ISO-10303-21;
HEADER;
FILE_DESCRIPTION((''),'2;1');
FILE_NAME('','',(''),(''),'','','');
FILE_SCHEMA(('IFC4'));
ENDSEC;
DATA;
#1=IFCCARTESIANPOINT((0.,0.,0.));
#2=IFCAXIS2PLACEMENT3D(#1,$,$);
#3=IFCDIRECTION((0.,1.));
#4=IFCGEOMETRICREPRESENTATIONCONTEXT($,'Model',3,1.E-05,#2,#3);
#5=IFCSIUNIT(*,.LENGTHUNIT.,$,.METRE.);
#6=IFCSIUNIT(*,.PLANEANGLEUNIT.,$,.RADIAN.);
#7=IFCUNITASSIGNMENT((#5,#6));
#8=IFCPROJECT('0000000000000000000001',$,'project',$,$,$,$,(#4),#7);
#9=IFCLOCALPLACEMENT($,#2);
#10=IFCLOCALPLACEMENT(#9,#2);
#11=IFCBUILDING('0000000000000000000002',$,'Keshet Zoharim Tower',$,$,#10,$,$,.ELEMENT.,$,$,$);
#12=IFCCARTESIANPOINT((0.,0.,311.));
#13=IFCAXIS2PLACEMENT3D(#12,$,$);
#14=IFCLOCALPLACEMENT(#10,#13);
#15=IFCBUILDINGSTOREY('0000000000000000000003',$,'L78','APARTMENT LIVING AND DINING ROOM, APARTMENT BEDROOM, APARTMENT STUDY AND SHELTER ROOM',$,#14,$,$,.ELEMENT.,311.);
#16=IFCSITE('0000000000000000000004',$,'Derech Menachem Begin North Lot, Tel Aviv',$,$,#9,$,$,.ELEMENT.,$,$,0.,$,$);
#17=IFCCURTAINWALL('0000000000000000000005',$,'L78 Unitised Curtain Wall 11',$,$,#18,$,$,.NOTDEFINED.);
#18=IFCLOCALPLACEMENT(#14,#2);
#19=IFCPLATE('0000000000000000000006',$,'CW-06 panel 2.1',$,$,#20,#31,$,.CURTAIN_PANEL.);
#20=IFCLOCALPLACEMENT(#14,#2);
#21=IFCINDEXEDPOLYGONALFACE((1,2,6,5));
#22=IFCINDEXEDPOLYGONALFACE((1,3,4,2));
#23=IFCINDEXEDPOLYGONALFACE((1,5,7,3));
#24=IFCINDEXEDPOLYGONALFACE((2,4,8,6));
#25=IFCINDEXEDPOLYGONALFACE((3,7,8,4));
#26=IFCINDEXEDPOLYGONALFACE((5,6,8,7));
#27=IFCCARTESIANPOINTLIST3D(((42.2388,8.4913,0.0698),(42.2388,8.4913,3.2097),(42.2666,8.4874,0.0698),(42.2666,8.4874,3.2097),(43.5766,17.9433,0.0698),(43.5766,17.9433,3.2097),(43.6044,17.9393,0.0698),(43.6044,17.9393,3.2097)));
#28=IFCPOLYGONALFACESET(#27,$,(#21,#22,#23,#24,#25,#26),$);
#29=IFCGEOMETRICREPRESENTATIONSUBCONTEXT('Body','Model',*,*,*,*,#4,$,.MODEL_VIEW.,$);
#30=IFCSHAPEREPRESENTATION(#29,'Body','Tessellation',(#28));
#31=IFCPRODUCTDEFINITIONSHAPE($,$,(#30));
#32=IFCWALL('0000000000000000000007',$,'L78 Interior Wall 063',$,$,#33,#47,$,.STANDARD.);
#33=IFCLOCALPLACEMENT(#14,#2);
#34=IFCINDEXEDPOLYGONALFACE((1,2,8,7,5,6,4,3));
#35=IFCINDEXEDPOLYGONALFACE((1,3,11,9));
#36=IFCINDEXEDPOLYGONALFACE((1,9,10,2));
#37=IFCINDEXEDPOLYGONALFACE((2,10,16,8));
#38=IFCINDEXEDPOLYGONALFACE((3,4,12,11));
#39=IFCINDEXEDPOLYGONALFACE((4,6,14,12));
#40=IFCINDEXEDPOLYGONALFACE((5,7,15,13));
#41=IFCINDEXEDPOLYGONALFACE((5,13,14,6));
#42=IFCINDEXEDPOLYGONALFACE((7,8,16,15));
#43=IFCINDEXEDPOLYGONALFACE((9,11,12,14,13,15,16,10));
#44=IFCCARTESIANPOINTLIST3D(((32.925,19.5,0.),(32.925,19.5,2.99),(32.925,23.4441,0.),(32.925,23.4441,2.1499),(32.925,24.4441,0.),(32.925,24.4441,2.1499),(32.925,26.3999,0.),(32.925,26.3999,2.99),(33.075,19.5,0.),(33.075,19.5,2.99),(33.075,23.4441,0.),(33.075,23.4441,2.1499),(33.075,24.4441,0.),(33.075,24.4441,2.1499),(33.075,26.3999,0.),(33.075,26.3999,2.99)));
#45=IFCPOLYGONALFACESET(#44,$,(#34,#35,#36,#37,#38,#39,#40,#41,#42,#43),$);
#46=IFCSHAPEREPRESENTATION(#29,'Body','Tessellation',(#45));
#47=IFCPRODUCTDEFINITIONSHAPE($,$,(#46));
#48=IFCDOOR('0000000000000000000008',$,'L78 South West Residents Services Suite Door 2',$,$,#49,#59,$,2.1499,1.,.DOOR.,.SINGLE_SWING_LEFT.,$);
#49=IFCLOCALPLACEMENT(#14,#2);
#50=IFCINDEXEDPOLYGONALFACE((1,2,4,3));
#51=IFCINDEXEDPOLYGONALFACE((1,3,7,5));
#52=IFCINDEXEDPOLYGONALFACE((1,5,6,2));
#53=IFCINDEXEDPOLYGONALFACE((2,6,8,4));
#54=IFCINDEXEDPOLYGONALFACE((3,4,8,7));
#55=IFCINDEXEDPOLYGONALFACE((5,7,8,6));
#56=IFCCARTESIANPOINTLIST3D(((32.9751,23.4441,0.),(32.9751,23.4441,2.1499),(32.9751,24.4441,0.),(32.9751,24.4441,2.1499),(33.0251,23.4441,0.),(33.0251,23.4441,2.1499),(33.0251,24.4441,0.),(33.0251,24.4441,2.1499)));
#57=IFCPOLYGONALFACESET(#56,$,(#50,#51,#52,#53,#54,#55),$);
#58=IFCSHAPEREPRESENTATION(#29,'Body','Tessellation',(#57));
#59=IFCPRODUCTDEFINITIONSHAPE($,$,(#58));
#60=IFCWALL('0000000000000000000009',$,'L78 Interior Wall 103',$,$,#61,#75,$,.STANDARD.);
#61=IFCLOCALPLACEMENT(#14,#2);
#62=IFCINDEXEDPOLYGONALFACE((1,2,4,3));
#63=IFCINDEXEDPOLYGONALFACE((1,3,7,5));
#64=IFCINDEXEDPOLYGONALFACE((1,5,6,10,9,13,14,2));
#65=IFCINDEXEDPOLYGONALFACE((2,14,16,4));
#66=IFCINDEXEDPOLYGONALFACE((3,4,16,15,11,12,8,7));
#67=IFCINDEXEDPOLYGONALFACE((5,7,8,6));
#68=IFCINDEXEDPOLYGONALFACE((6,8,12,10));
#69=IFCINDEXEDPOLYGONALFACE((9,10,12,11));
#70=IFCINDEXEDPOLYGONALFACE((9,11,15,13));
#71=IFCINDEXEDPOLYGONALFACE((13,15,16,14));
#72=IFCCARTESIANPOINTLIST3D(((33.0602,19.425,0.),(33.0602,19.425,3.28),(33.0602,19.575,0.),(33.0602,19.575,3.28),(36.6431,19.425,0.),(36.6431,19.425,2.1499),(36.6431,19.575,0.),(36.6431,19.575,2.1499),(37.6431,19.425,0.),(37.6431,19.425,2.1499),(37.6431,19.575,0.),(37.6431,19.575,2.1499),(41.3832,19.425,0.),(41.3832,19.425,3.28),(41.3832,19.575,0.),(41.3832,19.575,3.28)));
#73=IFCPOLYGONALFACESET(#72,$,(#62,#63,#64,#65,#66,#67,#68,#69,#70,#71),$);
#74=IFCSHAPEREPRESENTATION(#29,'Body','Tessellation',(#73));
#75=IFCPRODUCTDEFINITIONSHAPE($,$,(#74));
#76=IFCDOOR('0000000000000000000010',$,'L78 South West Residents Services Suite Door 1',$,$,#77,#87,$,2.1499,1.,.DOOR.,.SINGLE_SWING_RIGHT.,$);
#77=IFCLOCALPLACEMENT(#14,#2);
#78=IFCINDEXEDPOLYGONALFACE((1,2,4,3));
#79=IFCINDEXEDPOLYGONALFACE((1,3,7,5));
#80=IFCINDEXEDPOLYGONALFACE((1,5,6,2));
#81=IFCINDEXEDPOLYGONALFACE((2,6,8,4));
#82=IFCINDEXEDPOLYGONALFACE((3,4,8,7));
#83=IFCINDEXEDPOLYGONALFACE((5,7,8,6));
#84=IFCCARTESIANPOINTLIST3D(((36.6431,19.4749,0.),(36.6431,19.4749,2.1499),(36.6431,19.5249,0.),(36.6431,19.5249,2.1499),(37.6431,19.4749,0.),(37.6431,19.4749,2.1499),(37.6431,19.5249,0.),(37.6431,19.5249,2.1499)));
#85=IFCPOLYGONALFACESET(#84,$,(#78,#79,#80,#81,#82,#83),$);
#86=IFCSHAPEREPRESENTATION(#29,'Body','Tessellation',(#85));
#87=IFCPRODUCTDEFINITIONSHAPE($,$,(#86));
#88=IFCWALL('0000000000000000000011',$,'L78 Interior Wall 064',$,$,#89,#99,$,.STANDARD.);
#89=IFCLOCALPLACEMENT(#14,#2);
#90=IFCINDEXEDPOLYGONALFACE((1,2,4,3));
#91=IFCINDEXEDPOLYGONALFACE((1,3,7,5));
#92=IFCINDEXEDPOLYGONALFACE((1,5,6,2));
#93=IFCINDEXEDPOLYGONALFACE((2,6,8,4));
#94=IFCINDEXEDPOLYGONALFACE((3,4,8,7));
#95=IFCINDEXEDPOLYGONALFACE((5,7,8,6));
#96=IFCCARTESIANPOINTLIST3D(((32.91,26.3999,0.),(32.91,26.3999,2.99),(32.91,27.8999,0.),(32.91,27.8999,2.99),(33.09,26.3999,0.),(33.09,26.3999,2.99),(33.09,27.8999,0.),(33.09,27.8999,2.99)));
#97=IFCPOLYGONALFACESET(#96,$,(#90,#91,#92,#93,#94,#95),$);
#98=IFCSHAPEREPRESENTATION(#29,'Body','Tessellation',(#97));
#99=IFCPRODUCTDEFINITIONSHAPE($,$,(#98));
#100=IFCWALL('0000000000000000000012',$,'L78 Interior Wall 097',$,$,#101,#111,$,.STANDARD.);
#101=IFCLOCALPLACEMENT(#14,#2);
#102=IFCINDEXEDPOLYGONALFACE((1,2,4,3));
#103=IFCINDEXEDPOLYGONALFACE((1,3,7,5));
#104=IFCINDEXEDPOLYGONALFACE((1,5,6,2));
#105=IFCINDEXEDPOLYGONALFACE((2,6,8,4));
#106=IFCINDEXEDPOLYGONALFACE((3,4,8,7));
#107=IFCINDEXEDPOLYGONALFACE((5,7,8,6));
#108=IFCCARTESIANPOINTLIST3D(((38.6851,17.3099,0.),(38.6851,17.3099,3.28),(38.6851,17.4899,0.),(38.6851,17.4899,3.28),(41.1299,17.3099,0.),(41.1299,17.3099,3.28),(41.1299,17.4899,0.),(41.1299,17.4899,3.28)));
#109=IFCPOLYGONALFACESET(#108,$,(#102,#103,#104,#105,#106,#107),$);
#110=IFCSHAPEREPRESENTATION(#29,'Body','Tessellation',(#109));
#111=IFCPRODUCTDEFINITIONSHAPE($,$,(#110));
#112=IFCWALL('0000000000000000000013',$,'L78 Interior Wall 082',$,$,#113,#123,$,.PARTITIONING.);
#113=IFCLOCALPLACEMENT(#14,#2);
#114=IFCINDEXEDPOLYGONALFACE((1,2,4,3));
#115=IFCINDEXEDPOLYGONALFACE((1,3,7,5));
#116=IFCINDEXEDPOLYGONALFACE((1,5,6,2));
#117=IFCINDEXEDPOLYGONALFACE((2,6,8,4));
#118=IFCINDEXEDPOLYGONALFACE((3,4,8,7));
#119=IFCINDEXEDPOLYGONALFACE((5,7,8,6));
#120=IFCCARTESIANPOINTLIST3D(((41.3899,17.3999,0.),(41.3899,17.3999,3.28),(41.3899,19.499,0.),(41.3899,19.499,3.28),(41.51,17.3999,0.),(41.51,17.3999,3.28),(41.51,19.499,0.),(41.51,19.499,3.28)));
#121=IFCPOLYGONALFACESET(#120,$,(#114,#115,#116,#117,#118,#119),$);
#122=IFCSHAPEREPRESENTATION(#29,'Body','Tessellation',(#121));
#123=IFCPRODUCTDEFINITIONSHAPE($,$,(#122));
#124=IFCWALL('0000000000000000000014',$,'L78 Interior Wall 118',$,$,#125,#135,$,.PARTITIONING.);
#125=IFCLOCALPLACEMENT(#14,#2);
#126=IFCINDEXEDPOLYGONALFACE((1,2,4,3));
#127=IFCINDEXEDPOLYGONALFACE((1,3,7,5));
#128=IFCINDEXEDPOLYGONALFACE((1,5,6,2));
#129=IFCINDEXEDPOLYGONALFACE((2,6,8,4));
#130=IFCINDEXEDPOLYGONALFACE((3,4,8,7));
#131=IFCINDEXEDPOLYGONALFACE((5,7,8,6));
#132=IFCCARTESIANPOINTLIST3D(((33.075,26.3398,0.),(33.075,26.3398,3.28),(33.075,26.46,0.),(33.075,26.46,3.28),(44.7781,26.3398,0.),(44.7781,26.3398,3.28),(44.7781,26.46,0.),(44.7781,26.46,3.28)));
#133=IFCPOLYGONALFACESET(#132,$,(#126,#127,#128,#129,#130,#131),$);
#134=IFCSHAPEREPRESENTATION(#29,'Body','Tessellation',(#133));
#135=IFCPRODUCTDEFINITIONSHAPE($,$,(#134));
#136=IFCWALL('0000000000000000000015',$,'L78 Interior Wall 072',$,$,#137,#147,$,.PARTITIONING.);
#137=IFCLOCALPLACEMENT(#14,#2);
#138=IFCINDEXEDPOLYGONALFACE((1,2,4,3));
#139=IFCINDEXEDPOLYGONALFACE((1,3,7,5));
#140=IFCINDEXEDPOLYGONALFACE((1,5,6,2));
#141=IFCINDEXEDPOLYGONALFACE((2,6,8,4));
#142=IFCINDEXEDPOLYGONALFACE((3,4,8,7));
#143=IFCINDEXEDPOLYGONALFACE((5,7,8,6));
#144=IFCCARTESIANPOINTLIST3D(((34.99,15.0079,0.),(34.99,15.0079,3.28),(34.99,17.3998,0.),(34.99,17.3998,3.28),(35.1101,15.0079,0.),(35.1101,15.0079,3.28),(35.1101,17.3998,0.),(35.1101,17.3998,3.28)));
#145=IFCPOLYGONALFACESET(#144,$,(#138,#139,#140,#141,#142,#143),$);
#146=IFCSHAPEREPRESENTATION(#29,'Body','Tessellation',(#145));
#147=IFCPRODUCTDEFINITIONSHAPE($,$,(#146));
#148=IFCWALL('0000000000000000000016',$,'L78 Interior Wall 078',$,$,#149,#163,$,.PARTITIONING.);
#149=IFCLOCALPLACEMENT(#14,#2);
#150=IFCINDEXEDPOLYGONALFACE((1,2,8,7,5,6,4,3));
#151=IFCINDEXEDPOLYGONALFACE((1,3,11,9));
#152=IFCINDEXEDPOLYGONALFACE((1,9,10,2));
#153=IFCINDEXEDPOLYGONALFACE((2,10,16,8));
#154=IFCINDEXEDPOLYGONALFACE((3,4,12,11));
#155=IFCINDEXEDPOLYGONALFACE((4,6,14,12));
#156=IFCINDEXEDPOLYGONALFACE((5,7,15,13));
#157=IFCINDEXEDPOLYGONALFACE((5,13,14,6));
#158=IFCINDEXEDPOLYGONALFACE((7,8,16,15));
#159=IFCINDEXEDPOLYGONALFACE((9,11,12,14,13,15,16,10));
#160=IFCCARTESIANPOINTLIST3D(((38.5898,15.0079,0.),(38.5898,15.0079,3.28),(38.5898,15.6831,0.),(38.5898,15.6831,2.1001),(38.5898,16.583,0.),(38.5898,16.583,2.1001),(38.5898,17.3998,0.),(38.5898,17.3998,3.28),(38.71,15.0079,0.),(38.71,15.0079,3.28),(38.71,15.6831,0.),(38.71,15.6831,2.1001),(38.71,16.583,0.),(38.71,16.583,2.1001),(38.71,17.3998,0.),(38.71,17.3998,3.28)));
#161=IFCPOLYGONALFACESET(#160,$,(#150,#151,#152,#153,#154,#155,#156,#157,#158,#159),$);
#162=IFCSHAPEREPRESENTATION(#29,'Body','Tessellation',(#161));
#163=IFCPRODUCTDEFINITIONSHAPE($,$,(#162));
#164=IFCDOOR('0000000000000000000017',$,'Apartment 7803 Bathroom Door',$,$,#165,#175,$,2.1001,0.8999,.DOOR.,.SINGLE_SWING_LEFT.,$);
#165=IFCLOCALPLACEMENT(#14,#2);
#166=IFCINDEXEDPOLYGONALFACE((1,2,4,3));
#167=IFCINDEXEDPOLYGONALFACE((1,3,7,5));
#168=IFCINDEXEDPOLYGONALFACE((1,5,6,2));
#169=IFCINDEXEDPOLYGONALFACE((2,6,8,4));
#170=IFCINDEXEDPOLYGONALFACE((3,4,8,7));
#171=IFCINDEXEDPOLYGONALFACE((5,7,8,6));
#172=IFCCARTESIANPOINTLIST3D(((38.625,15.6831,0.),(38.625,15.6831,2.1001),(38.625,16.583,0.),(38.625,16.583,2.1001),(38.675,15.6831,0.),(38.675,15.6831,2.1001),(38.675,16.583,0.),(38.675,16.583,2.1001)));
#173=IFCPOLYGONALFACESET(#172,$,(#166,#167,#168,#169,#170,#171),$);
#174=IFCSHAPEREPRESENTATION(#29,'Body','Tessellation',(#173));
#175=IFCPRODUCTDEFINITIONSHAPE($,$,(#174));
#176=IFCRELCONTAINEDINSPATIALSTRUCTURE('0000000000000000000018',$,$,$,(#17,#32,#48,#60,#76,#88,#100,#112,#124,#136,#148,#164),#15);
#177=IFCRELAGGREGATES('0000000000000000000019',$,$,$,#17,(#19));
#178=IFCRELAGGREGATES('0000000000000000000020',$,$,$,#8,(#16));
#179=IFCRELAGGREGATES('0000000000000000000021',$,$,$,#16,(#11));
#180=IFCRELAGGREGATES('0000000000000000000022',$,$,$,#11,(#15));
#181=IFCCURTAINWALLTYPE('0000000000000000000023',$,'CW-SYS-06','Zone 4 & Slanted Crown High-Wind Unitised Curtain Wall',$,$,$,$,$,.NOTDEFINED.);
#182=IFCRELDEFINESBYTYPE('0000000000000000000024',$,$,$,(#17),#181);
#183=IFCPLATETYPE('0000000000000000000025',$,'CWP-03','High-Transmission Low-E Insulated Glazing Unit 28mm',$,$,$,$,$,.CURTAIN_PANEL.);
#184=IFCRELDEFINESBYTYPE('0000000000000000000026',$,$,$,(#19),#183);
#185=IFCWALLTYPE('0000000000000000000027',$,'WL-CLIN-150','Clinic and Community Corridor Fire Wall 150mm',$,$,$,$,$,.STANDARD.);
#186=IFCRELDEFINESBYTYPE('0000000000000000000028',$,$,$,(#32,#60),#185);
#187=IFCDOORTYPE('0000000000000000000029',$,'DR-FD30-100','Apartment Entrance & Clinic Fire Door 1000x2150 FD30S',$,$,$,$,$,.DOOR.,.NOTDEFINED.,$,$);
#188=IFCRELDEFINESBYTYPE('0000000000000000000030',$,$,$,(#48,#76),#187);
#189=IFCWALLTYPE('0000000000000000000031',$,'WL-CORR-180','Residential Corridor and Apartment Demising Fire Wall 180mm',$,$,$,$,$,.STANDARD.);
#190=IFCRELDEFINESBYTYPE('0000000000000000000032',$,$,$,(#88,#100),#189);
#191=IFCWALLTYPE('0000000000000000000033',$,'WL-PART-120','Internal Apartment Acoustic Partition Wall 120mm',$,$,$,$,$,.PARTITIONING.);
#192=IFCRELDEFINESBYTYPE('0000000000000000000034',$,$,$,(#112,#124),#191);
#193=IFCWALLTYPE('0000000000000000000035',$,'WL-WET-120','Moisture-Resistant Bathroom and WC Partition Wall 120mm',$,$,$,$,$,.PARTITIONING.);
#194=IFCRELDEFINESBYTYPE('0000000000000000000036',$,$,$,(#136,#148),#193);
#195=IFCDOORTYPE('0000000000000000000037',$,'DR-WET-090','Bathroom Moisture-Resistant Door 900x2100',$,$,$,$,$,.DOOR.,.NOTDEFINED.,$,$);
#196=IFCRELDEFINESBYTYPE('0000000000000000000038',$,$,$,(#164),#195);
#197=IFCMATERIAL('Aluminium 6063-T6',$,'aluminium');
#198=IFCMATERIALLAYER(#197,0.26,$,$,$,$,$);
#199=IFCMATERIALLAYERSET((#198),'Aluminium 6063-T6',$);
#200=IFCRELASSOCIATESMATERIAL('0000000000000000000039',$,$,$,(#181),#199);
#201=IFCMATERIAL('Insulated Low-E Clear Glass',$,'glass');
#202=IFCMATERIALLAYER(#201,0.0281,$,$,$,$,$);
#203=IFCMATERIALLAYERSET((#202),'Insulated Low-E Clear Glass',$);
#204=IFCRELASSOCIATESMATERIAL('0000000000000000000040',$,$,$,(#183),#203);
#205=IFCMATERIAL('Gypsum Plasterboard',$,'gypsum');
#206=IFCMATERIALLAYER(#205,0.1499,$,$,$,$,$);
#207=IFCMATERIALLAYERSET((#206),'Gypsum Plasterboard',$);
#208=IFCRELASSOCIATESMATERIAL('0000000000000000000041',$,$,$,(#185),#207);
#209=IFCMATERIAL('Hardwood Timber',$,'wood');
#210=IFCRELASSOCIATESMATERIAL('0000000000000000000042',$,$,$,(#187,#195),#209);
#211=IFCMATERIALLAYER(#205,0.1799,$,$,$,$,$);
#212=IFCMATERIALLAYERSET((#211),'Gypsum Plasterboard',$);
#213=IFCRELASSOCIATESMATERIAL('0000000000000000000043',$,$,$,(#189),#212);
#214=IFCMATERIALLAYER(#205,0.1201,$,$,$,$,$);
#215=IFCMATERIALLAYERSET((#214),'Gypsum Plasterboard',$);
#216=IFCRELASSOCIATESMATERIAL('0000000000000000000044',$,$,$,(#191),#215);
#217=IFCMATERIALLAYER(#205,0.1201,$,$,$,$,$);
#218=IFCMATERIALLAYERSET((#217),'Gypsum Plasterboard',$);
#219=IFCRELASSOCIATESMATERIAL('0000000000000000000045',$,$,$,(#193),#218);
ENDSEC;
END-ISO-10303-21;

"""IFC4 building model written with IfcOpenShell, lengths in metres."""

from ifc_helpers import new_model, si_unit, direction, frame, frame_2d, origin, origin_2d, place, context, subcontext, project, spatial, rectangle, extrude, material, layer, layer_set, type_object, element, fill, aggregate, save


model = new_model("IFC4")

# Units and contexts
model_context = context("Model", 3, precision=1e-05, world=origin(), true_north=direction((0.0, 1.0)))
body_context = subcontext(model_context, "Body", "Model", "MODEL_VIEW")
ifc_project = project(units=[si_unit("LENGTHUNIT", "METRE"), si_unit("PLANEANGLEUNIT", "RADIAN")], contexts=[model_context])

# Site, building, storey
site_placement = place(None, origin())
site = spatial("IfcSite", under=ifc_project, at=site_placement, Name="Derech Menachem Begin North Lot, Tel Aviv", CompositionType="ELEMENT", RefElevation=0.0)
building_placement = place(site_placement, origin())
building = spatial("IfcBuilding", under=site, at=building_placement, Name="Keshet Zoharim Tower", CompositionType="ELEMENT")
storey_placement = place(building_placement, frame((0.0, 0.0, 311.0)))
storey = spatial("IfcBuildingStorey", under=building, at=storey_placement, Name="L78", Description="APARTMENT LIVING AND DINING ROOM, APARTMENT BEDROOM, APARTMENT STUDY AND SHELTER ROOM", CompositionType="ELEMENT", Elevation=311.0)

# Curtain wall, plate
ifc_material_1 = material(Name="Aluminium 6063-T6", Category="aluminium")
ifc_layer_1 = layer(ifc_material_1, 0.26)
ifc_layer_set_1 = layer_set([ifc_layer_1], Name="Aluminium 6063-T6")
curtain_wall_type = type_object("IfcCurtainWallType", Name="CW-SYS-06", Description="Zone 4 & Slanted Crown High-Wind Unitised Curtain Wall", PredefinedType="NOTDEFINED", material=ifc_layer_set_1)
curtain_wall_placement = place(storey_placement, origin())
curtain_wall = element("IfcCurtainWall", 1, at=curtain_wall_placement, inside=storey, type_object=curtain_wall_type, Name="L78 Unitised Curtain Wall 11", PredefinedType="NOTDEFINED")
ifc_material_2 = material(Name="Insulated Low-E Clear Glass", Category="glass")
ifc_layer_2 = layer(ifc_material_2, 0.0281)
ifc_layer_set_2 = layer_set([ifc_layer_2], Name="Insulated Low-E Clear Glass")
plate_type = type_object("IfcPlateType", Name="CWP-03", Description="High-Transmission Low-E Insulated Glazing Unit 28mm", PredefinedType="CURTAIN_PANEL", material=ifc_layer_set_2)
plate_1_placement = place(storey_placement, frame((42.9216, 13.2153, 0.0698), z_axis=(0.0, 0.0, 1.0), x_axis=(-0.140137, -0.990132, 0.0)))
plate_1 = element("IfcPlate", 2, at=plate_1_placement, type_object=plate_type, Name="CW-06 panel 2.1", PredefinedType="CURTAIN_PANEL", context=body_context, shape_type="SweptSolid", body=[
    extrude(rectangle(XDim=9.5461, YDim=0.0281, at=origin_2d()), origin(), (0.0, 0.0, 1.0), 3.1399),
])
aggregate(curtain_wall, [plate_1])

# Walls, openings, doors
ifc_material_3 = material(Name="Gypsum Plasterboard", Category="gypsum")
ifc_layer_3 = layer(ifc_material_3, 0.1499)
ifc_layer_set_3 = layer_set([ifc_layer_3], Name="Gypsum Plasterboard")
wall_type_1 = type_object("IfcWallType", Name="WL-CLIN-150", Description="Clinic and Community Corridor Fire Wall 150mm", PredefinedType="STANDARD", material=ifc_layer_set_3)
wall_1_placement = place(storey_placement, frame((33.0, 19.5, 0.0), z_axis=(0.0, 0.0, 1.0), x_axis=(0.0, 1.0, 0.0)))
wall_1 = element("IfcWall", 3, at=wall_1_placement, inside=storey, type_object=wall_type_1, Name="L78 Interior Wall 063", PredefinedType="STANDARD", context=body_context, shape_type="SweptSolid", body=[
    extrude(rectangle(XDim=6.8999, YDim=0.1499, at=frame_2d((3.45, 0.0))), origin(), (0.0, 0.0, 1.0), 2.99),
])
opening_1_placement = place(wall_1_placement, frame((3.9441, 0.0, 0.0)))
opening_1 = element("IfcOpeningElement", 4, at=opening_1_placement, cuts=wall_1, PredefinedType="OPENING", context=body_context, shape_type="SweptSolid", body=[
    extrude(rectangle(XDim=1.0, YDim=2.1499, at=frame_2d((0.5, 1.075))), frame((0.0, 0.085, 0.0), z_axis=(0.0, -1.0, 0.0), x_axis=(1.0, 0.0, 0.0)), (0.0, 0.0, 1.0), 0.1699),
])
ifc_material_4 = material(Name="Hardwood Timber", Category="wood")
door_type_1 = type_object("IfcDoorType", Name="DR-FD30-100", Description="Apartment Entrance & Clinic Fire Door 1000x2150 FD30S", OperationType="NOTDEFINED", PredefinedType="DOOR", material=ifc_material_4)
door_1_placement = place(opening_1_placement, origin())
door_1 = element("IfcDoor", 5, at=door_1_placement, inside=storey, type_object=door_type_1, Name="L78 South West Residents Services Suite Door 2", OperationType="SINGLE_SWING_LEFT", OverallHeight=2.1499, OverallWidth=1.0, PredefinedType="DOOR", context=body_context, shape_type="SweptSolid", body=[
    extrude(rectangle(XDim=1.0, YDim=2.1499, at=frame_2d((0.5, 1.075))), frame((0.0, 0.0249, 0.0), z_axis=(0.0, -1.0, 0.0), x_axis=(1.0, 0.0, 0.0)), (0.0, 0.0, 1.0), 0.05),
])
fill(opening_1, door_1)
wall_2_placement = place(storey_placement, frame((33.0601, 19.5, 0.0), z_axis=(0.0, 0.0, 1.0), x_axis=(1.0, 0.0, 0.0)))
wall_2 = element("IfcWall", 6, at=wall_2_placement, inside=storey, type_object=wall_type_1, Name="L78 Interior Wall 103", PredefinedType="STANDARD", context=body_context, shape_type="SweptSolid", body=[
    extrude(rectangle(XDim=8.323, YDim=0.1499, at=frame_2d((4.1616, 0.0))), origin(), (0.0, 0.0, 1.0), 3.28),
])
opening_2_placement = place(wall_2_placement, frame((3.583, 0.0, 0.0)))
opening_2 = element("IfcOpeningElement", 7, at=opening_2_placement, cuts=wall_2, PredefinedType="OPENING", context=body_context, shape_type="SweptSolid", body=[
    extrude(rectangle(XDim=1.0, YDim=2.1499, at=frame_2d((0.5, 1.075))), frame((0.0, 0.085, 0.0), z_axis=(0.0, -1.0, 0.0), x_axis=(1.0, 0.0, 0.0)), (0.0, 0.0, 1.0), 0.1699),
])
door_2_placement = place(opening_2_placement, origin())
door_2 = element("IfcDoor", 8, at=door_2_placement, inside=storey, type_object=door_type_1, Name="L78 South West Residents Services Suite Door 1", OperationType="SINGLE_SWING_RIGHT", OverallHeight=2.1499, OverallWidth=1.0, PredefinedType="DOOR", context=body_context, shape_type="SweptSolid", body=[
    extrude(rectangle(XDim=1.0, YDim=2.1499, at=frame_2d((0.5, 1.075))), frame((0.0, 0.0249, 0.0), z_axis=(0.0, -1.0, 0.0), x_axis=(1.0, 0.0, 0.0)), (0.0, 0.0, 1.0), 0.05),
])
fill(opening_2, door_2)

# Wall
ifc_layer_4 = layer(ifc_material_3, 0.1799)
ifc_layer_set_4 = layer_set([ifc_layer_4], Name="Gypsum Plasterboard")
wall_type_2 = type_object("IfcWallType", Name="WL-CORR-180", Description="Residential Corridor and Apartment Demising Fire Wall 180mm", PredefinedType="STANDARD", material=ifc_layer_set_4)
wall_3_placement = place(storey_placement, frame((33.0, 26.3999, 0.0), z_axis=(0.0, 0.0, 1.0), x_axis=(0.0, 1.0, 0.0)))
element("IfcWall", 9, at=wall_3_placement, inside=storey, type_object=wall_type_2, Name="L78 Interior Wall 064", PredefinedType="STANDARD", context=body_context, shape_type="SweptSolid", body=[
    extrude(rectangle(XDim=1.5, YDim=0.1799, at=frame_2d((0.75, 0.0))), origin(), (0.0, 0.0, 1.0), 2.99),
])

# Wall
wall_4_placement = place(storey_placement, frame((38.6851, 17.3999, 0.0), z_axis=(0.0, 0.0, 1.0), x_axis=(1.0, 0.0, 0.0)))
element("IfcWall", 10, at=wall_4_placement, inside=storey, type_object=wall_type_2, Name="L78 Interior Wall 097", PredefinedType="STANDARD", context=body_context, shape_type="SweptSolid", body=[
    extrude(rectangle(XDim=2.4448, YDim=0.1799, at=frame_2d((1.2224, 0.0))), origin(), (0.0, 0.0, 1.0), 3.28),
])

# Shared definitions
ifc_layer_5 = layer(ifc_material_3, 0.1201)
ifc_layer_set_5 = layer_set([ifc_layer_5], Name="Gypsum Plasterboard")
wall_type_3 = type_object("IfcWallType", Name="WL-PART-120", Description="Internal Apartment Acoustic Partition Wall 120mm", PredefinedType="PARTITIONING", material=ifc_layer_set_5)

# Walls
wall_5_placement = place(storey_placement, frame((41.45, 17.3999, 0.0), z_axis=(0.0, 0.0, 1.0), x_axis=(0.0, 1.0, 0.0)))
element("IfcWall", 11, at=wall_5_placement, inside=storey, type_object=wall_type_3, Name="L78 Interior Wall 082", PredefinedType="PARTITIONING", context=body_context, shape_type="SweptSolid", body=[
    extrude(rectangle(XDim=2.0991, YDim=0.1201, at=frame_2d((1.0496, 0.0))), origin(), (0.0, 0.0, 1.0), 3.28),
])
wall_6_placement = place(storey_placement, frame((33.075, 26.3999, 0.0), z_axis=(0.0, 0.0, 1.0), x_axis=(1.0, 0.0, 0.0)))
element("IfcWall", 12, at=wall_6_placement, inside=storey, type_object=wall_type_3, Name="L78 Interior Wall 118", PredefinedType="PARTITIONING", context=body_context, shape_type="SweptSolid", body=[
    extrude(rectangle(XDim=11.7031, YDim=0.1201, at=frame_2d((5.8516, 0.0))), origin(), (0.0, 0.0, 1.0), 3.28),
])
ifc_layer_6 = layer(ifc_material_3, 0.1201)
ifc_layer_set_6 = layer_set([ifc_layer_6], Name="Gypsum Plasterboard")
wall_type_4 = type_object("IfcWallType", Name="WL-WET-120", Description="Moisture-Resistant Bathroom and WC Partition Wall 120mm", PredefinedType="PARTITIONING", material=ifc_layer_set_6)
wall_7_placement = place(storey_placement, frame((35.05, 15.0081, 0.0), z_axis=(0.0, 0.0, 1.0), x_axis=(0.0, 1.0, 0.0)))
element("IfcWall", 13, at=wall_7_placement, inside=storey, type_object=wall_type_4, Name="L78 Interior Wall 072", PredefinedType="PARTITIONING", context=body_context, shape_type="SweptSolid", body=[
    extrude(rectangle(XDim=2.3918, YDim=0.1201, at=frame_2d((1.1958, 0.0))), origin(), (0.0, 0.0, 1.0), 3.28),
])

# Wall, opening, door
wall_8_placement = place(storey_placement, frame((38.6499, 15.0081, 0.0), z_axis=(0.0, 0.0, 1.0), x_axis=(0.0, 1.0, 0.0)))
wall_8 = element("IfcWall", 14, at=wall_8_placement, inside=storey, type_object=wall_type_4, Name="L78 Interior Wall 078", PredefinedType="PARTITIONING", context=body_context, shape_type="SweptSolid", body=[
    extrude(rectangle(XDim=2.3918, YDim=0.1201, at=frame_2d((1.1958, 0.0))), origin(), (0.0, 0.0, 1.0), 3.28),
])
opening_3_placement = place(wall_8_placement, frame((0.675, 0.0, 0.0)))
opening_3 = element("IfcOpeningElement", 15, at=opening_3_placement, cuts=wall_8, PredefinedType="OPENING", context=body_context, shape_type="SweptSolid", body=[
    extrude(rectangle(XDim=0.8999, YDim=2.1001, at=frame_2d((0.45, 1.05))), frame((0.0, 0.0701, 0.0), z_axis=(0.0, -1.0, 0.0), x_axis=(1.0, 0.0, 0.0)), (0.0, 0.0, 1.0), 0.1401),
])
door_type_2 = type_object("IfcDoorType", Name="DR-WET-090", Description="Bathroom Moisture-Resistant Door 900x2100", OperationType="NOTDEFINED", PredefinedType="DOOR", material=ifc_material_4)
door_3_placement = place(opening_3_placement, origin())
door_3 = element("IfcDoor", 16, at=door_3_placement, inside=storey, type_object=door_type_2, Name="Apartment 7803 Bathroom Door", OperationType="SINGLE_SWING_LEFT", OverallHeight=2.1001, OverallWidth=0.8999, PredefinedType="DOOR", context=body_context, shape_type="SweptSolid", body=[
    extrude(rectangle(XDim=0.8999, YDim=2.1001, at=frame_2d((0.45, 1.05))), frame((0.0, 0.0249, 0.0), z_axis=(0.0, -1.0, 0.0), x_axis=(1.0, 0.0, 0.0)), (0.0, 0.0, 1.0), 0.05),
])
fill(opening_3, door_3)

save(model, "model.ifc")
